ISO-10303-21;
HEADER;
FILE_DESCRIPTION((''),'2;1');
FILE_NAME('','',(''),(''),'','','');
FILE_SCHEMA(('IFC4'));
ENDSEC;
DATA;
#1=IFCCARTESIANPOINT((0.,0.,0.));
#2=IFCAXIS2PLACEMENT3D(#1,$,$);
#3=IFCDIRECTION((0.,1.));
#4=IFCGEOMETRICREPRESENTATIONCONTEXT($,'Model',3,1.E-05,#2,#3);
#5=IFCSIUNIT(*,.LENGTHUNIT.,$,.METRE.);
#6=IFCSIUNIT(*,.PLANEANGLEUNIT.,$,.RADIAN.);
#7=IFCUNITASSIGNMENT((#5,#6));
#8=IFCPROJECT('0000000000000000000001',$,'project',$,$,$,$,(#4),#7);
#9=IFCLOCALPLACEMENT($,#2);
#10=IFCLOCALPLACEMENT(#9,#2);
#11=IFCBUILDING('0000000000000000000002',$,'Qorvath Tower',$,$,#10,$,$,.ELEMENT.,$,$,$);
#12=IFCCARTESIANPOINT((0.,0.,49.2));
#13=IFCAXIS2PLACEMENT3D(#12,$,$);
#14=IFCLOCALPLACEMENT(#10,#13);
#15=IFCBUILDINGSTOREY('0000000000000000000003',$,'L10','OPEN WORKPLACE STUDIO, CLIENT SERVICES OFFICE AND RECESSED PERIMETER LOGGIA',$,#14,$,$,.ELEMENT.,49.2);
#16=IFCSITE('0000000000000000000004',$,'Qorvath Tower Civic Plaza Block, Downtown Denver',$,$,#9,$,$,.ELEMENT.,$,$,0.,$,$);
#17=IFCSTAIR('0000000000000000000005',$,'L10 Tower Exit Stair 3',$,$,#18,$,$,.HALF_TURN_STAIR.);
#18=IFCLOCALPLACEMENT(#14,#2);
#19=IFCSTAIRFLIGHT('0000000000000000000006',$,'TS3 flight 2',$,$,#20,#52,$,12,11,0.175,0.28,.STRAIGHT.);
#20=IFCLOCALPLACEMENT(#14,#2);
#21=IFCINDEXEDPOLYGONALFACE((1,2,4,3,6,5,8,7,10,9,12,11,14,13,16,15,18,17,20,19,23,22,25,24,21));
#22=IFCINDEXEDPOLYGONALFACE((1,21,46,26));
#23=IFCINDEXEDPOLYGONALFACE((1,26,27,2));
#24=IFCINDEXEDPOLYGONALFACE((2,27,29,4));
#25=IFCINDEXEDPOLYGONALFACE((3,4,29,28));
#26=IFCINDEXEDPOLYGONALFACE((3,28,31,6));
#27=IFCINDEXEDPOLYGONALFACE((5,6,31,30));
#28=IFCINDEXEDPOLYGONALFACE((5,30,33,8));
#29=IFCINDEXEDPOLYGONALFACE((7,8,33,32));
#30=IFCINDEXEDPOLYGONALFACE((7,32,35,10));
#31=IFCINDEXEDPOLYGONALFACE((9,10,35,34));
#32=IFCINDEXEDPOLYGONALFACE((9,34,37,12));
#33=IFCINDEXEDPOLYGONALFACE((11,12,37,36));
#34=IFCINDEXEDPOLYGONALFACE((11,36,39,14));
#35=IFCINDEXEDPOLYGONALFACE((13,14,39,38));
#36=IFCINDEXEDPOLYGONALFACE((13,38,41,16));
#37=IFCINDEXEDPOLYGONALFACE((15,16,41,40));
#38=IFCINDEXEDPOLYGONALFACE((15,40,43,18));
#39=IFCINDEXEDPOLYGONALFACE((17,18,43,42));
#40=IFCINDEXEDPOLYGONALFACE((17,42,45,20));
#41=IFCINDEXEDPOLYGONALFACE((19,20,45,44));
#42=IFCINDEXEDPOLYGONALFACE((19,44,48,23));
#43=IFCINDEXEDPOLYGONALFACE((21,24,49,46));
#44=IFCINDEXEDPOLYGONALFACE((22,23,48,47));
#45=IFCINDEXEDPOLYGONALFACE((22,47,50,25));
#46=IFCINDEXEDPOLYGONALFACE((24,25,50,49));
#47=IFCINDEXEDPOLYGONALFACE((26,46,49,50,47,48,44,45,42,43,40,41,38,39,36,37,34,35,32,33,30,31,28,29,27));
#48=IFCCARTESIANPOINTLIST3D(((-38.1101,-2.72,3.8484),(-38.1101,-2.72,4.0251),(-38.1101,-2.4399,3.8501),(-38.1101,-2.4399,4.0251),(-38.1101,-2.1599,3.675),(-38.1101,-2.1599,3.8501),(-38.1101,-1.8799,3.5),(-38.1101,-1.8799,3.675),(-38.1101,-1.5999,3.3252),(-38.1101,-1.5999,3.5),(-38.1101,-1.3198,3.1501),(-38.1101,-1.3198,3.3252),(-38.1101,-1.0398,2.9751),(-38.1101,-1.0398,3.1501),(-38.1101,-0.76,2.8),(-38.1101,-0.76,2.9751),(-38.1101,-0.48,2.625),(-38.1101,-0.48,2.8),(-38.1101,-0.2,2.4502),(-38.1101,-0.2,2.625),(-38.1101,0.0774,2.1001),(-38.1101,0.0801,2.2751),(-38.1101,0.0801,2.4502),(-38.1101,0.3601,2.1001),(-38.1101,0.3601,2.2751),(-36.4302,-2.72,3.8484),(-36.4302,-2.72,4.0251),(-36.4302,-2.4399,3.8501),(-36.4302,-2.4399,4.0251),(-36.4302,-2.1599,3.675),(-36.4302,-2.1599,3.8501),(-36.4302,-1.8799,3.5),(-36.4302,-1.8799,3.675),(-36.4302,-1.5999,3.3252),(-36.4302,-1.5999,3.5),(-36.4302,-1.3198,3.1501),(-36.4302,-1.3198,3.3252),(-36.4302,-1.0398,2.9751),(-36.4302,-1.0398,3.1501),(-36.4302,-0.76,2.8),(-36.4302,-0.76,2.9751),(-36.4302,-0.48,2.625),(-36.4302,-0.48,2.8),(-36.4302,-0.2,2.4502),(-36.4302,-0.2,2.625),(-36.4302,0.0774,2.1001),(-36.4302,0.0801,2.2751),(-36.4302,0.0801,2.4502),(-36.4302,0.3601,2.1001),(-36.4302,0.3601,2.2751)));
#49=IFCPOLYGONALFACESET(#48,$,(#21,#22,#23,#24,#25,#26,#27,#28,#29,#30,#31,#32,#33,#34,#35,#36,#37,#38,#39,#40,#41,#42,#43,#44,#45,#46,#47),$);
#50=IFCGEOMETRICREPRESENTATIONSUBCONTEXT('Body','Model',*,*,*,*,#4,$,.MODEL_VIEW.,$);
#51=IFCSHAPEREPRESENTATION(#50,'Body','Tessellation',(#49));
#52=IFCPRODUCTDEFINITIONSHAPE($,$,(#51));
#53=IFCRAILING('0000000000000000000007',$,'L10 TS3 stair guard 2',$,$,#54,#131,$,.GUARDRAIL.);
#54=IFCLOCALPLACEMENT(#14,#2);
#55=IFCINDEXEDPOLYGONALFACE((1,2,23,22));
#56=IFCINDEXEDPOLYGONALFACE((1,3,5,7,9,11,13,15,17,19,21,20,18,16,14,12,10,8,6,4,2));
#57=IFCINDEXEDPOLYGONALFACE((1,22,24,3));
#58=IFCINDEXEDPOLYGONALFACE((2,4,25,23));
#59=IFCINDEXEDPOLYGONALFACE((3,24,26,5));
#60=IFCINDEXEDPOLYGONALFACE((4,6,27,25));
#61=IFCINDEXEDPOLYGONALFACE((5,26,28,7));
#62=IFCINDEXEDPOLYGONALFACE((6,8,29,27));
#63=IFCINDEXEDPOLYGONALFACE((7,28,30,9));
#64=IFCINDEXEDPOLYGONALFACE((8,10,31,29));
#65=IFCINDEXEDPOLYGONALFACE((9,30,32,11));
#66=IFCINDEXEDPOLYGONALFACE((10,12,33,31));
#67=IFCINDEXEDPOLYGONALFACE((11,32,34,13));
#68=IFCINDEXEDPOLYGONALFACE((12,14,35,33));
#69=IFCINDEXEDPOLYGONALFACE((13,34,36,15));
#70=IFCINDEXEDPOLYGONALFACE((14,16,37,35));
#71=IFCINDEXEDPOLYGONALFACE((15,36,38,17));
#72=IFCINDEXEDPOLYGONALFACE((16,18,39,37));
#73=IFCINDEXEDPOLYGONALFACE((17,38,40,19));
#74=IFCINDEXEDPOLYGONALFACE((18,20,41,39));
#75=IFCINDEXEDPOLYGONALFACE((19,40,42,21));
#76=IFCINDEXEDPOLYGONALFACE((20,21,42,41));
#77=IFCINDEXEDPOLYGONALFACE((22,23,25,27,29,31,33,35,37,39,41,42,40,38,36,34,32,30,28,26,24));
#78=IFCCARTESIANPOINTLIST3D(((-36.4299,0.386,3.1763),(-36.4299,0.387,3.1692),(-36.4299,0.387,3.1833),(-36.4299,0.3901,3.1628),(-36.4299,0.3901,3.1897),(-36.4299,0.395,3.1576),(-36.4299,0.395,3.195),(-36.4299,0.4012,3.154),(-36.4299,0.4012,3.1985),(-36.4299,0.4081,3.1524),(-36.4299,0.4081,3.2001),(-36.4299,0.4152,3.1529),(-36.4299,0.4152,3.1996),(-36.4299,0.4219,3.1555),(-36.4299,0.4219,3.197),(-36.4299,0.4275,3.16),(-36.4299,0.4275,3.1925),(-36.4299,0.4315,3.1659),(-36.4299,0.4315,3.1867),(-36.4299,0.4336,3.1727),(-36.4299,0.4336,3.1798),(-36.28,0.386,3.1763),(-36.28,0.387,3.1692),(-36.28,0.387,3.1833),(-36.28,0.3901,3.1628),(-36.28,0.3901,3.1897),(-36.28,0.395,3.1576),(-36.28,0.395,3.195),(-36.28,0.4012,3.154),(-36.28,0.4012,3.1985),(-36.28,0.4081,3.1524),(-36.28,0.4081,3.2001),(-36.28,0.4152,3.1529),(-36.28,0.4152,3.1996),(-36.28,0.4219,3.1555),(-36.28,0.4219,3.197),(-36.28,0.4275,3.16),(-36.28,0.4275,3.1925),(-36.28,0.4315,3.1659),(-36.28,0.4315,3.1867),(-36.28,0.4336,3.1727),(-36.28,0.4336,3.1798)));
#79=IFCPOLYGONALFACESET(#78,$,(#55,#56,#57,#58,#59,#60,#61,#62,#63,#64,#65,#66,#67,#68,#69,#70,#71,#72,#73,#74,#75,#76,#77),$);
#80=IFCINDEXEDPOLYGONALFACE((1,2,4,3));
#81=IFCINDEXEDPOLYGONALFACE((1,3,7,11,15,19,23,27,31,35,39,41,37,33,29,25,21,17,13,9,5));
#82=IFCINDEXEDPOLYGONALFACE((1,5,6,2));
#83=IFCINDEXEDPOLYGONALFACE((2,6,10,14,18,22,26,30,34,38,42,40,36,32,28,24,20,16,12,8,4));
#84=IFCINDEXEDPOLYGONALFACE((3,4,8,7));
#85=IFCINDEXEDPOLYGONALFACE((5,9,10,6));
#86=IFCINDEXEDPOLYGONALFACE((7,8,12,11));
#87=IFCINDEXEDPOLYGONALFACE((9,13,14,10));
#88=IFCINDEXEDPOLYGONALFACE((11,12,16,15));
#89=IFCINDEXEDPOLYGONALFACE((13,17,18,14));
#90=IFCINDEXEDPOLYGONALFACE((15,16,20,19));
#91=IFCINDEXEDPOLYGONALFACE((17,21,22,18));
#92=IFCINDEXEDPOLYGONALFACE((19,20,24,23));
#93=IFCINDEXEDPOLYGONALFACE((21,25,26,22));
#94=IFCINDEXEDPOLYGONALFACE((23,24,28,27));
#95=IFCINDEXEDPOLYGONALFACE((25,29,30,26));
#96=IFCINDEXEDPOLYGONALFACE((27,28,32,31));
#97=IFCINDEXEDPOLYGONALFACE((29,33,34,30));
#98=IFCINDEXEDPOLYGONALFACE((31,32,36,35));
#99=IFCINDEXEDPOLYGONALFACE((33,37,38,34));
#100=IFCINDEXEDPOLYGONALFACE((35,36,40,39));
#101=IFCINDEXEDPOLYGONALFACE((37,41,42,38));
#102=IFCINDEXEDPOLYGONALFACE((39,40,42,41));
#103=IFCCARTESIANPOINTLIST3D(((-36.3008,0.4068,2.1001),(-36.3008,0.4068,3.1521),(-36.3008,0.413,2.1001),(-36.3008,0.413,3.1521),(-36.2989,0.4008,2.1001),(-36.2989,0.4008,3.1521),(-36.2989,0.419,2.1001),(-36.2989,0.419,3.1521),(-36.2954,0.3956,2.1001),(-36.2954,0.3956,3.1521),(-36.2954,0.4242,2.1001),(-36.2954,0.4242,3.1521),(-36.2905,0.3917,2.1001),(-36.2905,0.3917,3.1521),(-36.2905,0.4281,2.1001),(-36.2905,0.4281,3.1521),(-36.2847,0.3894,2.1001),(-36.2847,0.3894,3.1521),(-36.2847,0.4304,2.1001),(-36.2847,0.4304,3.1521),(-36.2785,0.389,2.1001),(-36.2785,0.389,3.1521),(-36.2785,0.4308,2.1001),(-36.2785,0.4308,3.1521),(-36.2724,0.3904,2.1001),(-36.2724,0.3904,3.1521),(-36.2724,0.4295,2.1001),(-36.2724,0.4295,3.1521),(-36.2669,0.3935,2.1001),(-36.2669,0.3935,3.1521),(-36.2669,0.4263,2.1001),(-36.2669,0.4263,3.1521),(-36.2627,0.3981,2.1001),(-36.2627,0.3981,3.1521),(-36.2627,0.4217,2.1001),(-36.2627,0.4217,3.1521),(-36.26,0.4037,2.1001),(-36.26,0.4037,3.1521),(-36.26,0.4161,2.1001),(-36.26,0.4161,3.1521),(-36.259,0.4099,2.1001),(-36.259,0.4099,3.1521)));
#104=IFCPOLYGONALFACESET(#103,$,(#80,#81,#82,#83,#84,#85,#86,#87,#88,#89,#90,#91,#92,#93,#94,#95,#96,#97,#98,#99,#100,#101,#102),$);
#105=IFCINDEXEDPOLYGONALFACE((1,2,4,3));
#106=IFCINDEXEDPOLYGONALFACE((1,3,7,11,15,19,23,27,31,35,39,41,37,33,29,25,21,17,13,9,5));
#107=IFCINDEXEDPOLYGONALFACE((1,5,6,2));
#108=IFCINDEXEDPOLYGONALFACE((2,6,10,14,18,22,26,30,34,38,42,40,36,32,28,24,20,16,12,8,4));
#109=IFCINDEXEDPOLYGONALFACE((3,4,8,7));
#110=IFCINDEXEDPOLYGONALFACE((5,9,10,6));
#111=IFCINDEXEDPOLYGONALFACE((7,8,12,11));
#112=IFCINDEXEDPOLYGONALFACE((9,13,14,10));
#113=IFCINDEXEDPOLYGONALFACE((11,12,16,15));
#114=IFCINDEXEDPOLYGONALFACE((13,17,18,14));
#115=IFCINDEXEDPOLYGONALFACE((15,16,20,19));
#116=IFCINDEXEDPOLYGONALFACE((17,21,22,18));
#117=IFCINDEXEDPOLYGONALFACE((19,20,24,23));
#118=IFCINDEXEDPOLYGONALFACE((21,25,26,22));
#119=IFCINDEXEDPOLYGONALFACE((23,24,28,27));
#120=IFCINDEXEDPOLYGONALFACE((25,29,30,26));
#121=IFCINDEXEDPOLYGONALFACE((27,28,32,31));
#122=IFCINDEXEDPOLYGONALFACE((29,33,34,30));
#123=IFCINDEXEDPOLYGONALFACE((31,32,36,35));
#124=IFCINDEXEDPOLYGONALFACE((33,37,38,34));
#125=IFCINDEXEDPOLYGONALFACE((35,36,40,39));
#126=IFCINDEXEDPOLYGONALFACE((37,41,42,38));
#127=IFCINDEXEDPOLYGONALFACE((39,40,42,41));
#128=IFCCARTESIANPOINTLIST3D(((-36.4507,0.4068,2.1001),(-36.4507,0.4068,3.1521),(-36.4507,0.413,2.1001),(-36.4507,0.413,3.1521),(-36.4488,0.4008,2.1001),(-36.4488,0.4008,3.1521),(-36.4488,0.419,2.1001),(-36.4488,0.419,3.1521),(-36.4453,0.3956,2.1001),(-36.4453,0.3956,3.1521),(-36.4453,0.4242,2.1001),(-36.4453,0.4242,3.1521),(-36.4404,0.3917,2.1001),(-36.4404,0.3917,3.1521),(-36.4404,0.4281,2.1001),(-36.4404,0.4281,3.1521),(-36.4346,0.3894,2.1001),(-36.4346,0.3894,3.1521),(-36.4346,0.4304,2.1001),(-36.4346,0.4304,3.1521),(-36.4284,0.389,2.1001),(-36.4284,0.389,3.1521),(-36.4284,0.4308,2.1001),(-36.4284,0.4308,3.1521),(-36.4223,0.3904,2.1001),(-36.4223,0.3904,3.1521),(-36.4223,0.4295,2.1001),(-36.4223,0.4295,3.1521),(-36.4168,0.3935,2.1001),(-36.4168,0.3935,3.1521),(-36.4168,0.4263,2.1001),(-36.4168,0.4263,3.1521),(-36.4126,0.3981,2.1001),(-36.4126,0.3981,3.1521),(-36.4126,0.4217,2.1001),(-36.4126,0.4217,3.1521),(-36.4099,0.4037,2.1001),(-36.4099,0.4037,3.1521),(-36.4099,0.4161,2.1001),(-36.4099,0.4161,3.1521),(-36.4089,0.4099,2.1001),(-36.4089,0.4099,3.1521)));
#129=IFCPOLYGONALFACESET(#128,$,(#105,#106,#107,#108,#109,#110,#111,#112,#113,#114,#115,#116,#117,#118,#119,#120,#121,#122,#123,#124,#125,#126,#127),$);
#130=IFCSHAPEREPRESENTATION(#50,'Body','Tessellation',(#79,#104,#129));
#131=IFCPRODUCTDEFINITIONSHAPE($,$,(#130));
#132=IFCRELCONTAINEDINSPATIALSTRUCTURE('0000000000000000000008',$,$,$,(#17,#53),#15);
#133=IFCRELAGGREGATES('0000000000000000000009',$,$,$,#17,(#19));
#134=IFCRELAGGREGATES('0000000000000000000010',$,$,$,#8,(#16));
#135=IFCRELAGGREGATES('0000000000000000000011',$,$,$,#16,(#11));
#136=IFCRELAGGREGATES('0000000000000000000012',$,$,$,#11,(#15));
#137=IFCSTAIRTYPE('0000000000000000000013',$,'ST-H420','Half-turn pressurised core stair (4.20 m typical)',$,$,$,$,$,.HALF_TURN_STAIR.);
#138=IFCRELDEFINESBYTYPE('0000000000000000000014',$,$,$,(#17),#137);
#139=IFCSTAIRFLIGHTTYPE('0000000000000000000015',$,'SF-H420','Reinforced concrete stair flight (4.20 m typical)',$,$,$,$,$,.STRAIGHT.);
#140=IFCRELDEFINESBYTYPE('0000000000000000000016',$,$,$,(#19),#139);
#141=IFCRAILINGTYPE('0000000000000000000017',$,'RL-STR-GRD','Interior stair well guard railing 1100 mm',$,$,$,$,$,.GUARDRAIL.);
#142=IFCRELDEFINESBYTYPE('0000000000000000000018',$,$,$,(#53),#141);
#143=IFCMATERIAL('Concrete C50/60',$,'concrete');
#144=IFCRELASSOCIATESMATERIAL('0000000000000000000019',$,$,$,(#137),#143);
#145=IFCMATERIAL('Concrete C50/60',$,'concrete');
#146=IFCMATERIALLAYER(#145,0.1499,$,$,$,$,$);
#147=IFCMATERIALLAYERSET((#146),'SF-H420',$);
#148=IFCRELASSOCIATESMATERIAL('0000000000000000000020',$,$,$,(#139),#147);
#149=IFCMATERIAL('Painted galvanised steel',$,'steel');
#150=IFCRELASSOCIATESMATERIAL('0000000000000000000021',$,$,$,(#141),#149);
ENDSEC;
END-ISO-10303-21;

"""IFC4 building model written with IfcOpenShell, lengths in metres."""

from ifc_helpers import new_model, si_unit, direction, frame, origin, origin_2d, place, context, subcontext, project, spatial, polyline, circle, outline, extrude, material, layer, layer_set, type_object, element, aggregate, save


model = new_model("IFC4")

# Units and contexts
model_context = context("Model", 3, precision=1e-05, world=origin(), true_north=direction((0.0, 1.0)))
body_context = subcontext(model_context, "Body", "Model", "MODEL_VIEW")
ifc_project = project(units=[si_unit("LENGTHUNIT", "METRE"), si_unit("PLANEANGLEUNIT", "RADIAN")], contexts=[model_context])

# Site, building, storey
site_placement = place(None, origin())
site = spatial("IfcSite", under=ifc_project, at=site_placement, Name="Qorvath Tower Civic Plaza Block, Downtown Denver", CompositionType="ELEMENT", RefElevation=0.0)
building_placement = place(site_placement, origin())
building = spatial("IfcBuilding", under=site, at=building_placement, Name="Qorvath Tower", CompositionType="ELEMENT")
storey_placement = place(building_placement, frame((0.0, 0.0, 49.2)))
storey = spatial("IfcBuildingStorey", under=building, at=storey_placement, Name="L10", Description="OPEN WORKPLACE STUDIO, CLIENT SERVICES OFFICE AND RECESSED PERIMETER LOGGIA", CompositionType="ELEMENT", Elevation=49.2)

# Stair, stair flight
ifc_material_1 = material(Name="Concrete C50/60", Category="concrete")
stair_type = type_object("IfcStairType", Name="ST-H420", Description="Half-turn pressurised core stair (4.20 m typical)", PredefinedType="HALF_TURN_STAIR", material=ifc_material_1)
stair_placement = place(storey_placement, origin())
stair = element("IfcStair", 1, at=stair_placement, inside=storey, type_object=stair_type, Name="L10 Tower Exit Stair 3", PredefinedType="HALF_TURN_STAIR")
ifc_material_2 = material(Name="Concrete C50/60", Category="concrete")
ifc_layer_1 = layer(ifc_material_2, 0.1499)
ifc_layer_set_1 = layer_set([ifc_layer_1], Name="SF-H420")
stair_flight_type = type_object("IfcStairFlightType", Name="SF-H420", Description="Reinforced concrete stair flight (4.20 m typical)", PredefinedType="STRAIGHT", material=ifc_layer_set_1)
stair_flight_placement = place(storey_placement, frame((-37.27, 0.3601, 2.1001), z_axis=(0.0, 0.0, 1.0), x_axis=(0.0, -1.0, 0.0)))
stair_flight = element("IfcStairFlight", 2, at=stair_flight_placement, type_object=stair_flight_type, Name="TS3 flight 2", NumberOfRisers=12, NumberOfTreads=11, PredefinedType="STRAIGHT", RiserHeight=0.175, TreadLength=0.28, context=body_context, shape_type="SweptSolid", body=[
    extrude(outline(polyline([(0.0, 0.0), (0.0, 0.175), (0.28, 0.175), (0.28, 0.3501), (0.5601, 0.3501), (0.5601, 0.5249), (0.8401, 0.5249), (0.8401, 0.7), (1.1201, 0.7), (1.1201, 0.875), (1.3999, 0.875), (1.3999, 1.05), (1.6799, 1.05), (1.6799, 1.2251), (1.96, 1.2251), (1.96, 1.3999), (2.24, 1.3999), (2.24, 1.575), (2.52, 1.575), (2.52, 1.75), (2.8, 1.75), (2.8, 1.925), (3.0801, 1.925), (3.0801, 2.1001), (3.0801, 1.7483), (0.2827, 0.0), (0.0, 0.0)])), frame((0.0, 0.8398, 0.0), z_axis=(0.0, -1.0, 0.0), x_axis=(1.0, 0.0, 0.0)), (0.0, 0.0, 1.0), 1.6799),
])
aggregate(stair, [stair_flight])

# Railing
ifc_material_3 = material(Name="Painted galvanised steel", Category="steel")
railing_type_1 = type_object("IfcRailingType", Name="RL-STR-GRD", Description="Interior stair well guard railing 1100 mm", PredefinedType="GUARDRAIL", material=ifc_material_3)
railing_1_placement = place(storey_placement, frame((-36.28, 0.4099, 2.1001)))
element("IfcRailing", 3, at=railing_1_placement, inside=storey, type_object=railing_type_1, Name="L10 TS3 stair guard 2", PredefinedType="GUARDRAIL", context=body_context, shape_type="SweptSolid", body=[
    extrude(circle(Radius=0.0239, at=origin_2d()), frame((0.0, 0.0, 1.0762), z_axis=(-1.0, 0.0, 0.0), x_axis=(0.0, -1.0, 0.0)), (0.0, 0.0, 1.0), 0.1499),
    extrude(circle(Radius=0.021, at=origin_2d()), origin(), (0.0, 0.0, 1.0), 1.052),
    extrude(circle(Radius=0.021, at=origin_2d()), frame((-0.1499, 0.0, 0.0)), (0.0, 0.0, 1.0), 1.052),
])

save(model, "model.ifc")
